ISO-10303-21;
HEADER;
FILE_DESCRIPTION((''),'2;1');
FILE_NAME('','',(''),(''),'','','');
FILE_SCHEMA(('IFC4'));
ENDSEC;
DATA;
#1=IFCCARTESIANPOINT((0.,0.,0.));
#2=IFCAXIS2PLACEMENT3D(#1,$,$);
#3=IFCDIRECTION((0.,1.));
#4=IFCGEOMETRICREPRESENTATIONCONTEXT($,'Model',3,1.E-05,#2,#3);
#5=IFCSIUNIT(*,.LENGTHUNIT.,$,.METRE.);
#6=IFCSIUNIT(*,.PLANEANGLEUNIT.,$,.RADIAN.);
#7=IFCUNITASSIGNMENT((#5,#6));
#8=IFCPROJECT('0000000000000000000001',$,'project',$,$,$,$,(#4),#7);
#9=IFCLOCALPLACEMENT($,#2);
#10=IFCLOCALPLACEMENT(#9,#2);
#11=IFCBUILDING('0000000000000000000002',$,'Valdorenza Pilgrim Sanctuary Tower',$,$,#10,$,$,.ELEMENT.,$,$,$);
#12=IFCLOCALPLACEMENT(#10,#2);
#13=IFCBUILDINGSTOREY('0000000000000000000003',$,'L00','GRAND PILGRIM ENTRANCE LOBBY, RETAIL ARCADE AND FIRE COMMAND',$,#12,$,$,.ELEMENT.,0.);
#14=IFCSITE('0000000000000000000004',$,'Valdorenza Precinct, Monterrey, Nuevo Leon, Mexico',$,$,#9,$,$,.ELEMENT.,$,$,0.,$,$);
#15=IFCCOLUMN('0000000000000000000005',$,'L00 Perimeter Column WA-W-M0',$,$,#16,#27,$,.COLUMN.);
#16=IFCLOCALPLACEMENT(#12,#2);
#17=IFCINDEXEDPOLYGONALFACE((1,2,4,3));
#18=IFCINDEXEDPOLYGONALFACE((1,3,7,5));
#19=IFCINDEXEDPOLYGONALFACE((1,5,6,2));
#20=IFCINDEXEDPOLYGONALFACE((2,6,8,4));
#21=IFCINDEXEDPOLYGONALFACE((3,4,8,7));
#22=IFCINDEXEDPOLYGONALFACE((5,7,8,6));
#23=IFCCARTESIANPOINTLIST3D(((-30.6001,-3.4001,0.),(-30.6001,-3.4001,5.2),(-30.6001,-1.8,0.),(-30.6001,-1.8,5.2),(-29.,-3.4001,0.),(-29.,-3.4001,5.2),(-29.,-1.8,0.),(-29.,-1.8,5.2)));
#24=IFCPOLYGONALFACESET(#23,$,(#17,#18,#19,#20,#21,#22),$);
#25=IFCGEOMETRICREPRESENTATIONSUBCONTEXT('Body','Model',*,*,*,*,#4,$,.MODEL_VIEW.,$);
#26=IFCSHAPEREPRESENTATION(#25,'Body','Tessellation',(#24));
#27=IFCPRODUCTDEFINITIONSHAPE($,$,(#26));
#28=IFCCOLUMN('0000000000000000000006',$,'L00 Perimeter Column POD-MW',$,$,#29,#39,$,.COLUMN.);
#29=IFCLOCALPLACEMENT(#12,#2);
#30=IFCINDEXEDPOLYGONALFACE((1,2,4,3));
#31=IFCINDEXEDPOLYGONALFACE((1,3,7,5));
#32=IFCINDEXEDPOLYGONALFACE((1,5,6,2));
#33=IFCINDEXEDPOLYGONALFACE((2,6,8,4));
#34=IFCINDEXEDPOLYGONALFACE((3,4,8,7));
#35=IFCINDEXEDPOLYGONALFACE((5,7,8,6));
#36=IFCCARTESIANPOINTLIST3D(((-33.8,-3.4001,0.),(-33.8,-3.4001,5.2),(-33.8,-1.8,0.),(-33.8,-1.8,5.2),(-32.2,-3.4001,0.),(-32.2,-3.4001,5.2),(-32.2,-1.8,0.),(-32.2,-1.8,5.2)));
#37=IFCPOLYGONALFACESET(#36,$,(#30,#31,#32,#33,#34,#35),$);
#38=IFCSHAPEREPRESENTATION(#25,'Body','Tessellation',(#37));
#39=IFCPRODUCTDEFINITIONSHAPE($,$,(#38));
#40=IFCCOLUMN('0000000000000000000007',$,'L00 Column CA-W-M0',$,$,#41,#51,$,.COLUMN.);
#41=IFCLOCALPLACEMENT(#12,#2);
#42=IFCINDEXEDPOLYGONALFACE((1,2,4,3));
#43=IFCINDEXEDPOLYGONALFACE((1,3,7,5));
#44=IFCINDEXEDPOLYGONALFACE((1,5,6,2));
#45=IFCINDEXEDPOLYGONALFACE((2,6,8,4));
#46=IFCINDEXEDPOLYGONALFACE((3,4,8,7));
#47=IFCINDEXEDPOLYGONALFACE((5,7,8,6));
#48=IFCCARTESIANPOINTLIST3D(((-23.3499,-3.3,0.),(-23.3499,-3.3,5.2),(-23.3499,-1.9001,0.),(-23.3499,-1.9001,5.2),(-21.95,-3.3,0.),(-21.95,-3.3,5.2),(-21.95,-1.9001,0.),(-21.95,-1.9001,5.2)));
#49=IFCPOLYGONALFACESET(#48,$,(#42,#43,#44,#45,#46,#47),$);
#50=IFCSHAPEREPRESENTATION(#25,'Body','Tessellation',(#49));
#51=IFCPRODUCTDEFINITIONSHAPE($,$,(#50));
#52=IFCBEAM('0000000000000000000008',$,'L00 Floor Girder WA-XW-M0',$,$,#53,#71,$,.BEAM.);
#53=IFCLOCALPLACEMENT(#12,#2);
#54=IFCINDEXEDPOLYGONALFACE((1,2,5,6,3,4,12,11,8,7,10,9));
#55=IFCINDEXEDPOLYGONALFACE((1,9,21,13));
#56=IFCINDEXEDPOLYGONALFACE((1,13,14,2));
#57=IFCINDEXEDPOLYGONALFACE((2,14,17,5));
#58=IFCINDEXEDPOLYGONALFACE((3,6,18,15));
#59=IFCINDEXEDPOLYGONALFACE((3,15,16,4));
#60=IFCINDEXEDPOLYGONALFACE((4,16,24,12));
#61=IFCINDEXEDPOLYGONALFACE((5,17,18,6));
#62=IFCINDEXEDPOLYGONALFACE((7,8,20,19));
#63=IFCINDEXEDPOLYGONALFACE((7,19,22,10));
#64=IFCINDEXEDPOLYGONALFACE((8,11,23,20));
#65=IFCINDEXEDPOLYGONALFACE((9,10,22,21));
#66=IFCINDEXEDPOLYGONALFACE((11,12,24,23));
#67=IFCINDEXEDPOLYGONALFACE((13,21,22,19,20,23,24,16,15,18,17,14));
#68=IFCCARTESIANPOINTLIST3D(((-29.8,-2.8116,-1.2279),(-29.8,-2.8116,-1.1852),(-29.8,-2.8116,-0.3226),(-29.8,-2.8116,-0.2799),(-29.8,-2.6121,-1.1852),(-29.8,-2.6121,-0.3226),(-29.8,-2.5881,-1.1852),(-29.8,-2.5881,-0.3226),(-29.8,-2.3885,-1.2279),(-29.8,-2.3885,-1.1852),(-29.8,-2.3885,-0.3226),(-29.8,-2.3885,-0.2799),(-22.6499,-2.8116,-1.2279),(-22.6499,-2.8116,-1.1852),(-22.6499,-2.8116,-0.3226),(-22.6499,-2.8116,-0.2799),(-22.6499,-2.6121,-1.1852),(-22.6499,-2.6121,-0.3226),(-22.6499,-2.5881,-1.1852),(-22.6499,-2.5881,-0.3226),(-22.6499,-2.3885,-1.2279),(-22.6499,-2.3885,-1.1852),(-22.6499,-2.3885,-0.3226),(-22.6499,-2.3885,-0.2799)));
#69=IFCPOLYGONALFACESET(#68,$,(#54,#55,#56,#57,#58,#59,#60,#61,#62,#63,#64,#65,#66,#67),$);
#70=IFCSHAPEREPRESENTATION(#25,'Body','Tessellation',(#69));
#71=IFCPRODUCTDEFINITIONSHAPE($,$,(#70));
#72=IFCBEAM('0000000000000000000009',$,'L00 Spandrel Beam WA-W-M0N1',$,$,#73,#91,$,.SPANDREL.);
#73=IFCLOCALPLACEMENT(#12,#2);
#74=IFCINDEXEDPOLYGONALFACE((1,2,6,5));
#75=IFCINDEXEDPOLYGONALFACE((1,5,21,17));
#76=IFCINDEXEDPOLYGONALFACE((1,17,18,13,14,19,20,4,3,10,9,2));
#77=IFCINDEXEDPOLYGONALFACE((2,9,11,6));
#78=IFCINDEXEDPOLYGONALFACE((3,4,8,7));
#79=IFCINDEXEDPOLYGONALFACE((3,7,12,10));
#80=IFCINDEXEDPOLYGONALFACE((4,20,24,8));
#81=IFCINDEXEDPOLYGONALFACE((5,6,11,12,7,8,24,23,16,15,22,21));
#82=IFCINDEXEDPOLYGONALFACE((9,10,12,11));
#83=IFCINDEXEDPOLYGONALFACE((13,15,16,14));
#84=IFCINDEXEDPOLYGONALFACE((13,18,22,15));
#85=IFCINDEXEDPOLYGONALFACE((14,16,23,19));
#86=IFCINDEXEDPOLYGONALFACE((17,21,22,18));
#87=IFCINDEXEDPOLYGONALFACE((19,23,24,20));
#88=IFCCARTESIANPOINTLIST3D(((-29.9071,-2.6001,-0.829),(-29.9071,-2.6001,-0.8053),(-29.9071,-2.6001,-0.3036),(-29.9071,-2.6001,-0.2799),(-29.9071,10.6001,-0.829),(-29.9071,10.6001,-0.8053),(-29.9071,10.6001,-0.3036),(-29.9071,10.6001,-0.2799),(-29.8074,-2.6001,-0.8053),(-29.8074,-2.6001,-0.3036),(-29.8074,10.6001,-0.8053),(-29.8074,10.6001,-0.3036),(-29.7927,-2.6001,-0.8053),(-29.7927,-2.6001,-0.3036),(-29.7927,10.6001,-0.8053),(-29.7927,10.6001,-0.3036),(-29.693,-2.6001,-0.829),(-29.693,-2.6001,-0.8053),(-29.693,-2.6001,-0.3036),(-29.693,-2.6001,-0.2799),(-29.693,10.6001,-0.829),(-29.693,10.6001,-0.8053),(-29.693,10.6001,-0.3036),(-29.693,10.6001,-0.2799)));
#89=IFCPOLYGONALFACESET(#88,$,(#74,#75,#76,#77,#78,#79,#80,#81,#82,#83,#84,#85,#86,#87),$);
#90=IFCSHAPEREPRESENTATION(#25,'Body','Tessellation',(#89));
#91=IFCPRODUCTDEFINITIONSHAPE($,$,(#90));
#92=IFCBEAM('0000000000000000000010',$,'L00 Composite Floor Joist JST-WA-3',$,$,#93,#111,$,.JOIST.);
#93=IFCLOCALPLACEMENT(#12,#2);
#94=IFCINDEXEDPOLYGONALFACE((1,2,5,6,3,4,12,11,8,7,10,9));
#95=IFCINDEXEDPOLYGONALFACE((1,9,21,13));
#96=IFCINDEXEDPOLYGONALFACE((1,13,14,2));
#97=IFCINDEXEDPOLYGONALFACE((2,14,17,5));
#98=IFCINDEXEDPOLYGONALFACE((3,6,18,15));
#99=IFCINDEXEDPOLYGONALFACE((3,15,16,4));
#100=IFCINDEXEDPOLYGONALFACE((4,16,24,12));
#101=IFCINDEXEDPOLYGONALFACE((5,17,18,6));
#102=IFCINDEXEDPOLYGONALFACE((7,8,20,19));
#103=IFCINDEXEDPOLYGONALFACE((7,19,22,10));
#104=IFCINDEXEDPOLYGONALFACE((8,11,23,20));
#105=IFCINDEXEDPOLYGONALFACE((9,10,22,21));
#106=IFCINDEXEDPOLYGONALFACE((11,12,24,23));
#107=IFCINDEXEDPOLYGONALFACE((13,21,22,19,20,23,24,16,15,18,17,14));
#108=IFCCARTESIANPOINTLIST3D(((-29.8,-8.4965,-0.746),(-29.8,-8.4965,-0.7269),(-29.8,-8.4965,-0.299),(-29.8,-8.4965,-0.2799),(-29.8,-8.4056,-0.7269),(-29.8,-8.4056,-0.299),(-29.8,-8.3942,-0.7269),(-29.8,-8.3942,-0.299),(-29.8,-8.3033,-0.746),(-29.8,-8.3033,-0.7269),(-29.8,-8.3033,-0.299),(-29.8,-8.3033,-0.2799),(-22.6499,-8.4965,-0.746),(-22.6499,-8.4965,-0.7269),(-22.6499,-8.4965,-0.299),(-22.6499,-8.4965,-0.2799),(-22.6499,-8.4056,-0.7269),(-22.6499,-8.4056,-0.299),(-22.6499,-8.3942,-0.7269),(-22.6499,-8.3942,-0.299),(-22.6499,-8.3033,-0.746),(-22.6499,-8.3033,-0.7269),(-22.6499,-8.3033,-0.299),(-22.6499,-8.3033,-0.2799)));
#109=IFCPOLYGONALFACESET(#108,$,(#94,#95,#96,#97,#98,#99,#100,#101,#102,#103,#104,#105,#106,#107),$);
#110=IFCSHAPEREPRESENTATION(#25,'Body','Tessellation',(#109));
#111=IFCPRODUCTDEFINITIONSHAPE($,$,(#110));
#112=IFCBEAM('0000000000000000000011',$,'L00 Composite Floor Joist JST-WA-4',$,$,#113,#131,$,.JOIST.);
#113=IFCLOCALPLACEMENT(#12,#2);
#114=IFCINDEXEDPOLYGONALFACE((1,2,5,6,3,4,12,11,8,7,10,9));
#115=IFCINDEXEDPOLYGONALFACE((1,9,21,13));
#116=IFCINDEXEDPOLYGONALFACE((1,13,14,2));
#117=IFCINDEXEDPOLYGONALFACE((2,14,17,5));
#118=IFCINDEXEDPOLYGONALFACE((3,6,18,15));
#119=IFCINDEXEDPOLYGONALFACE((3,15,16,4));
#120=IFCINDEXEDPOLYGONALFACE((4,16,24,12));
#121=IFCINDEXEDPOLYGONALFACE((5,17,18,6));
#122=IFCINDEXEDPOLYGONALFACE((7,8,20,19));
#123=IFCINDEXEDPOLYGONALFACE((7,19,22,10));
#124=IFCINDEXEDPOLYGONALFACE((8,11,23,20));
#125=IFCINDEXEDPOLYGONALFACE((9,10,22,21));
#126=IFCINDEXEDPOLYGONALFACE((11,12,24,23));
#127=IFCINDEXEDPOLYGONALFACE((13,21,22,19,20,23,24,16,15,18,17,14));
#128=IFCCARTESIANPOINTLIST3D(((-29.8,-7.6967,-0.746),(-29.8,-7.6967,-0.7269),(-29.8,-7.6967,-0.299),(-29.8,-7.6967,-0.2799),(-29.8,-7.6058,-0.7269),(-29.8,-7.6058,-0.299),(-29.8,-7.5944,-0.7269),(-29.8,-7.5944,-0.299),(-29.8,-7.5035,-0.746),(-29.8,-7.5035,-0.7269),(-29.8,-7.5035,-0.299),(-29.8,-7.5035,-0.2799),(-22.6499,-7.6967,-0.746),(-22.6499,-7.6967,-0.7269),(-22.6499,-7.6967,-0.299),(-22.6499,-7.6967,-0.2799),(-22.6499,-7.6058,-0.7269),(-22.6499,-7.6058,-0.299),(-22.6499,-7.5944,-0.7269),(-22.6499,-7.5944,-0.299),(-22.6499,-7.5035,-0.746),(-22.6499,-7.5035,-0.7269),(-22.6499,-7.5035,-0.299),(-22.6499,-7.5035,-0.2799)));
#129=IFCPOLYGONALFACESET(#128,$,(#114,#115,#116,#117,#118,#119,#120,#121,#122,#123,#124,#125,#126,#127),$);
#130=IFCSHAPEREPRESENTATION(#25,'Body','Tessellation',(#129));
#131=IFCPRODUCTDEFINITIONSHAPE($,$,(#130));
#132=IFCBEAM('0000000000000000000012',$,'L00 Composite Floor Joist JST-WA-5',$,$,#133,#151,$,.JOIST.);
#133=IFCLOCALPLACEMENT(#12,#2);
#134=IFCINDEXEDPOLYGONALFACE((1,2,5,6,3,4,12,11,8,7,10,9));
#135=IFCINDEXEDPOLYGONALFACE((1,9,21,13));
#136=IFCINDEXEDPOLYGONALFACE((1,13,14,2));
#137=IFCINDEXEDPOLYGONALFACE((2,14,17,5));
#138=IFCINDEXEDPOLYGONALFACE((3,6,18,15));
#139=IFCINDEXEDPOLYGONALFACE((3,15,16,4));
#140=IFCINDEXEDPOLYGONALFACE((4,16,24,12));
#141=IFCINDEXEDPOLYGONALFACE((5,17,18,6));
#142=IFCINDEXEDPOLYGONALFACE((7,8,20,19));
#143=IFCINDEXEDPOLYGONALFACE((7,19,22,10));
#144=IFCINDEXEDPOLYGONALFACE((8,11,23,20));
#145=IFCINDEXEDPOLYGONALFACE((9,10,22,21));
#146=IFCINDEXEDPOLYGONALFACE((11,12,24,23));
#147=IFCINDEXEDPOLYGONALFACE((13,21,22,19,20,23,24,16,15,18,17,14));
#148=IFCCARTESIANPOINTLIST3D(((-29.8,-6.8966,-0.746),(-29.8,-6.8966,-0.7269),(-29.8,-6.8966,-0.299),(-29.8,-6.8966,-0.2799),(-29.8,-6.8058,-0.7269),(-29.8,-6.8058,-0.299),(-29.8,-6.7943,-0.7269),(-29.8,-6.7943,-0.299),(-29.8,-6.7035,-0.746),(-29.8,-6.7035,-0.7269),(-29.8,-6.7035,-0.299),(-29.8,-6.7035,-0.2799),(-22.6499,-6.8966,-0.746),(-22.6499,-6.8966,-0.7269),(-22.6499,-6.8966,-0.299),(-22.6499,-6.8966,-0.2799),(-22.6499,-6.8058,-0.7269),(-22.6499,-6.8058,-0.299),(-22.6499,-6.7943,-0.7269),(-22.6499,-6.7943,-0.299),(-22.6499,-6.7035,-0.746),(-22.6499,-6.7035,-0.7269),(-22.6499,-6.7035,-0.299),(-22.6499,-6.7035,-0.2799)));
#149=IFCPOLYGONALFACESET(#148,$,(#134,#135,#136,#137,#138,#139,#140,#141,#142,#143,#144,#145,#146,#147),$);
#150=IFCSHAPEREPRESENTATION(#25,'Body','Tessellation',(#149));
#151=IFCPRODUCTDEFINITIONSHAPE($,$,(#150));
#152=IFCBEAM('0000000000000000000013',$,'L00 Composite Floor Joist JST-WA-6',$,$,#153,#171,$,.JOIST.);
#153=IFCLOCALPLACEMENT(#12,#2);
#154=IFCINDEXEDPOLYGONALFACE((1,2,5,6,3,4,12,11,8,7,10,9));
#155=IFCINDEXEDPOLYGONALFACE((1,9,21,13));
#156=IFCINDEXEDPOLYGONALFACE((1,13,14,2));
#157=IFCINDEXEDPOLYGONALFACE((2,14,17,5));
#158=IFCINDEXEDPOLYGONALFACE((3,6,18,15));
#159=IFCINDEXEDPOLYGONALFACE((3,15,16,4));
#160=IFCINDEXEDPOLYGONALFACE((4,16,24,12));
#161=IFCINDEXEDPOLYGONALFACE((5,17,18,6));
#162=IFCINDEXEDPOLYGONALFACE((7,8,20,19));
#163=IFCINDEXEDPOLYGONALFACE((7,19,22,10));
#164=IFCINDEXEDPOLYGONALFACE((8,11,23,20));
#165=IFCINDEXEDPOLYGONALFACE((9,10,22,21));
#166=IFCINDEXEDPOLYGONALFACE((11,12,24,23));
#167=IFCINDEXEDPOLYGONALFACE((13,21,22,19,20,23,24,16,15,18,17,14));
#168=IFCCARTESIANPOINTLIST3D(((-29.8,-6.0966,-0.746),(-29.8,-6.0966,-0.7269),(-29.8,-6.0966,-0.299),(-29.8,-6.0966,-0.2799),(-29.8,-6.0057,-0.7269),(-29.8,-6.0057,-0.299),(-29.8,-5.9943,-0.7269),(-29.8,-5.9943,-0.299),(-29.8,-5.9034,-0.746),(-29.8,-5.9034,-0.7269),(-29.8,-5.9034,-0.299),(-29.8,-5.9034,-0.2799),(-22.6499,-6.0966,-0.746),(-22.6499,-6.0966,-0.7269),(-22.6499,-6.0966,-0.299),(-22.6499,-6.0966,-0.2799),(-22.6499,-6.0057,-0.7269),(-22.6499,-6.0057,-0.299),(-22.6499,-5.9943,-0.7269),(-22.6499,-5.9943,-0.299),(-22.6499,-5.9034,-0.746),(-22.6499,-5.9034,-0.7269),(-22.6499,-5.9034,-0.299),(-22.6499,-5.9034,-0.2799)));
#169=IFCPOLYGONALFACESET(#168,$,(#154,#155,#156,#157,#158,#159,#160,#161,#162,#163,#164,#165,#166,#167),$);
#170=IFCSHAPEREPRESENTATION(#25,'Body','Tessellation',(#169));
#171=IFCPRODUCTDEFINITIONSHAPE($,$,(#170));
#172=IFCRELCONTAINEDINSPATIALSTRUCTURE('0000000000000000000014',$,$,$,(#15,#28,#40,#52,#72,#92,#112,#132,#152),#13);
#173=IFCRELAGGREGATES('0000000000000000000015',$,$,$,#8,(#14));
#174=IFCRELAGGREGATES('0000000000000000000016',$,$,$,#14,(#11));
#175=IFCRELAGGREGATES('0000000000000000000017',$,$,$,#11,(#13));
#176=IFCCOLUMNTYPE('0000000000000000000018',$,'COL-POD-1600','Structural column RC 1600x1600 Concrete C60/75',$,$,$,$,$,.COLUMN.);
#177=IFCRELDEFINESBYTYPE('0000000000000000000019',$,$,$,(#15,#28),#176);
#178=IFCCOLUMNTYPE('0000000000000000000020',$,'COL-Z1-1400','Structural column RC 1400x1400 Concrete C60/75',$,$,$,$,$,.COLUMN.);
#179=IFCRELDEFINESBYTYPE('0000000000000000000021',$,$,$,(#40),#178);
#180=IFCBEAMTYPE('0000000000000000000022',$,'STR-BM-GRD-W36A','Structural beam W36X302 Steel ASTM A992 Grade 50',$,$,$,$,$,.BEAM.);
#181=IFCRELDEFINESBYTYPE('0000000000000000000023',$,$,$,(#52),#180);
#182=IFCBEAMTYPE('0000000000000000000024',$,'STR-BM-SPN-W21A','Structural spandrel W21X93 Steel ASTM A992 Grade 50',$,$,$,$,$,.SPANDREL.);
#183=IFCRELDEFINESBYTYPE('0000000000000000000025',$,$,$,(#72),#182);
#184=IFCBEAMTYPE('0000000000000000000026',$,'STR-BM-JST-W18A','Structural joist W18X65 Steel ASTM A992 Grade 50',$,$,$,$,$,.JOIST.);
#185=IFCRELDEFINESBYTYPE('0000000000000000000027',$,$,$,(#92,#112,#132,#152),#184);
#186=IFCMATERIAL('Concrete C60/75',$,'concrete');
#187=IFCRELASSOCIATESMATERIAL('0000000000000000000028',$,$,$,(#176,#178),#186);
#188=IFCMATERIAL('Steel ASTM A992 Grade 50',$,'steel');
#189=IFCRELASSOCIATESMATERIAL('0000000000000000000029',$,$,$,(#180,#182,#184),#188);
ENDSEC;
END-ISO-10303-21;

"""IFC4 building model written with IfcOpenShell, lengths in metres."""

from ifc_helpers import new_model, si_unit, direction, frame, origin, origin_2d, place, context, subcontext, project, spatial, rectangle, i_section, extrude, source, transform, mapped, material, material_profile, profile_set, type_object, element, save


model = new_model("IFC4")

# Units and contexts
model_context = context("Model", 3, precision=1e-05, world=origin(), true_north=direction((0.0, 1.0)))
body_context = subcontext(model_context, "Body", "Model", "MODEL_VIEW")
ifc_project = project(units=[si_unit("LENGTHUNIT", "METRE"), si_unit("PLANEANGLEUNIT", "RADIAN")], contexts=[model_context])

# Site, building, storey
site_placement = place(None, origin())
site = spatial("IfcSite", under=ifc_project, at=site_placement, Name="Valdorenza Precinct, Monterrey, Nuevo Leon, Mexico", CompositionType="ELEMENT", RefElevation=0.0)
building_placement = place(site_placement, origin())
building = spatial("IfcBuilding", under=site, at=building_placement, Name="Valdorenza Pilgrim Sanctuary Tower", CompositionType="ELEMENT")
storey_placement = place(building_placement, origin())
storey = spatial("IfcBuildingStorey", under=building, at=storey_placement, Name="L00", Description="GRAND PILGRIM ENTRANCE LOBBY, RETAIL ARCADE AND FIRE COMMAND", CompositionType="ELEMENT", Elevation=0.0)

# Columns
ifc_material_1 = material(Name="Concrete C60/75", Category="concrete")
ifc_material_profile_1 = material_profile(ifc_material_1, rectangle(XDim=1.6001, YDim=1.6001, at=origin_2d()), Name="RC 1600x1600")
ifc_profile_set_1 = profile_set([ifc_material_profile_1], Name="Concrete C60/75")
column_type_1 = type_object("IfcColumnType", Name="COL-POD-1600", Description="Structural column RC 1600x1600 Concrete C60/75", PredefinedType="COLUMN", material=ifc_profile_set_1)
shared_shape_1 = source(origin(), body_context, "Body", "SweptSolid", [
    extrude(rectangle(XDim=1.6001, YDim=1.6001, at=origin_2d()), origin(), (0.0, 0.0, 1.0), 5.2),
])
for number, where, z_axis, x_axis, name in (
    (1, (-29.8, -2.6001, 0.0), (0.0, 0.0, 1.0), (1.0, 0.0, 0.0), "L00 Perimeter Column WA-W-M0"),
    (2, (-33.0, -2.6001, 0.0), (0.0, 0.0, 1.0), (1.0, 0.0, 0.0), "L00 Perimeter Column POD-MW"),
):
    element("IfcColumn", number, at=place(storey_placement, frame(where, z_axis=z_axis, x_axis=x_axis)), inside=storey, type_object=column_type_1, Name=name, PredefinedType="COLUMN", context=body_context, shape_type="MappedRepresentation", body=[
        mapped(shared_shape_1, transform((0.0, 0.0, 0.0), x_axis=(1.0, 0.0, 0.0), y_axis=(0.0, 1.0, 0.0), z_axis=(0.0, 0.0, 1.0), scale=1.0)),
    ])
ifc_material_profile_2 = material_profile(ifc_material_1, rectangle(XDim=1.3999, YDim=1.3999, at=origin_2d()), Name="RC 1400x1400")
ifc_profile_set_2 = profile_set([ifc_material_profile_2], Name="Concrete C60/75")
column_type_2 = type_object("IfcColumnType", Name="COL-Z1-1400", Description="Structural column RC 1400x1400 Concrete C60/75", PredefinedType="COLUMN", material=ifc_profile_set_2)
shared_shape_2 = source(origin(), body_context, "Body", "SweptSolid", [
    extrude(rectangle(XDim=1.3999, YDim=1.3999, at=origin_2d()), origin(), (0.0, 0.0, 1.0), 5.2),
])
column_placement = place(storey_placement, frame((-22.6499, -2.6001, 0.0), z_axis=(0.0, 0.0, 1.0), x_axis=(1.0, 0.0, 0.0)))
element("IfcColumn", 3, at=column_placement, inside=storey, type_object=column_type_2, Name="L00 Column CA-W-M0", PredefinedType="COLUMN", context=body_context, shape_type="MappedRepresentation", body=[
    mapped(shared_shape_2, transform((0.0, 0.0, 0.0), x_axis=(1.0, 0.0, 0.0), y_axis=(0.0, 1.0, 0.0), z_axis=(0.0, 0.0, 1.0), scale=1.0)),
])

# Beams
ifc_material_2 = material(Name="Steel ASTM A992 Grade 50", Category="steel")
ifc_material_profile_3 = material_profile(ifc_material_2, i_section(OverallWidth=0.4231, OverallDepth=0.948, WebThickness=0.0239, FlangeThickness=0.0427, at=origin_2d()), Name="W36X302")
ifc_profile_set_3 = profile_set([ifc_material_profile_3], Name="Steel ASTM A992 Grade 50")
beam_type_1 = type_object("IfcBeamType", Name="STR-BM-GRD-W36A", Description="Structural beam W36X302 Steel ASTM A992 Grade 50", PredefinedType="BEAM", material=ifc_profile_set_3)
shared_shape_3 = source(origin(), body_context, "Body", "SweptSolid", [
    extrude(i_section(OverallWidth=0.4231, OverallDepth=0.948, WebThickness=0.0239, FlangeThickness=0.0427, at=origin_2d()), origin(), (0.0, 0.0, 1.0), 7.1501),
])
beam_1_placement = place(storey_placement, frame((-29.8, -2.6001, -0.7539), z_axis=(1.0, 0.0, 0.0), x_axis=(0.0, 1.0, 0.0)))
element("IfcBeam", 4, at=beam_1_placement, inside=storey, type_object=beam_type_1, Name="L00 Floor Girder WA-XW-M0", PredefinedType="BEAM", context=body_context, shape_type="MappedRepresentation", body=[
    mapped(shared_shape_3, transform((0.0, 0.0, 0.0), x_axis=(1.0, 0.0, 0.0), y_axis=(0.0, 1.0, 0.0), z_axis=(0.0, 0.0, 1.0), scale=1.0)),
])
ifc_material_profile_4 = material_profile(ifc_material_2, i_section(OverallWidth=0.2141, OverallDepth=0.5491, WebThickness=0.0146, FlangeThickness=0.0237, at=origin_2d()), Name="W21X93")
ifc_profile_set_4 = profile_set([ifc_material_profile_4], Name="Steel ASTM A992 Grade 50")
beam_type_2 = type_object("IfcBeamType", Name="STR-BM-SPN-W21A", Description="Structural spandrel W21X93 Steel ASTM A992 Grade 50", PredefinedType="SPANDREL", material=ifc_profile_set_4)
shared_shape_4 = source(origin(), body_context, "Body", "SweptSolid", [
    extrude(i_section(OverallWidth=0.2141, OverallDepth=0.5491, WebThickness=0.0146, FlangeThickness=0.0237, at=origin_2d()), origin(), (0.0, 0.0, 1.0), 13.2002),
])
beam_2_placement = place(storey_placement, frame((-29.8, -2.6001, -0.5544), z_axis=(0.0, 1.0, 0.0), x_axis=(-1.0, 0.0, 0.0)))
element("IfcBeam", 5, at=beam_2_placement, inside=storey, type_object=beam_type_2, Name="L00 Spandrel Beam WA-W-M0N1", PredefinedType="SPANDREL", context=body_context, shape_type="MappedRepresentation", body=[
    mapped(shared_shape_4, transform((0.0, 0.0, 0.0), x_axis=(1.0, 0.0, 0.0), y_axis=(0.0, 1.0, 0.0), z_axis=(0.0, 0.0, 1.0), scale=1.0)),
])
ifc_material_profile_5 = material_profile(ifc_material_2, i_section(OverallWidth=0.1931, OverallDepth=0.4661, WebThickness=0.0115, FlangeThickness=0.019, at=origin_2d()), Name="W18X65")
ifc_profile_set_5 = profile_set([ifc_material_profile_5], Name="Steel ASTM A992 Grade 50")
beam_type_3 = type_object("IfcBeamType", Name="STR-BM-JST-W18A", Description="Structural joist W18X65 Steel ASTM A992 Grade 50", PredefinedType="JOIST", material=ifc_profile_set_5)
shared_shape_5 = source(origin(), body_context, "Body", "SweptSolid", [
    extrude(i_section(OverallWidth=0.1931, OverallDepth=0.4661, WebThickness=0.0115, FlangeThickness=0.019, at=origin_2d()), origin(), (0.0, 0.0, 1.0), 7.1501),
])
for number, where, z_axis, x_axis, name in (
    (6, (-29.8, -8.3999, -0.5129), (1.0, 0.0, 0.0), (0.0, 1.0, 0.0), "L00 Composite Floor Joist JST-WA-3"),
    (7, (-29.8, -7.6001, -0.5129), (1.0, 0.0, 0.0), (0.0, 1.0, 0.0), "L00 Composite Floor Joist JST-WA-4"),
    (8, (-29.8, -6.8, -0.5129), (1.0, 0.0, 0.0), (0.0, 1.0, 0.0), "L00 Composite Floor Joist JST-WA-5"),
    (9, (-29.8, -6.0, -0.5129), (1.0, 0.0, 0.0), (0.0, 1.0, 0.0), "L00 Composite Floor Joist JST-WA-6"),
):
    element("IfcBeam", number, at=place(storey_placement, frame(where, z_axis=z_axis, x_axis=x_axis)), inside=storey, type_object=beam_type_3, Name=name, PredefinedType="JOIST", context=body_context, shape_type="MappedRepresentation", body=[
        mapped(shared_shape_5, transform((0.0, 0.0, 0.0), x_axis=(1.0, 0.0, 0.0), y_axis=(0.0, 1.0, 0.0), z_axis=(0.0, 0.0, 1.0), scale=1.0)),
    ])

save(model, "model.ifc")
